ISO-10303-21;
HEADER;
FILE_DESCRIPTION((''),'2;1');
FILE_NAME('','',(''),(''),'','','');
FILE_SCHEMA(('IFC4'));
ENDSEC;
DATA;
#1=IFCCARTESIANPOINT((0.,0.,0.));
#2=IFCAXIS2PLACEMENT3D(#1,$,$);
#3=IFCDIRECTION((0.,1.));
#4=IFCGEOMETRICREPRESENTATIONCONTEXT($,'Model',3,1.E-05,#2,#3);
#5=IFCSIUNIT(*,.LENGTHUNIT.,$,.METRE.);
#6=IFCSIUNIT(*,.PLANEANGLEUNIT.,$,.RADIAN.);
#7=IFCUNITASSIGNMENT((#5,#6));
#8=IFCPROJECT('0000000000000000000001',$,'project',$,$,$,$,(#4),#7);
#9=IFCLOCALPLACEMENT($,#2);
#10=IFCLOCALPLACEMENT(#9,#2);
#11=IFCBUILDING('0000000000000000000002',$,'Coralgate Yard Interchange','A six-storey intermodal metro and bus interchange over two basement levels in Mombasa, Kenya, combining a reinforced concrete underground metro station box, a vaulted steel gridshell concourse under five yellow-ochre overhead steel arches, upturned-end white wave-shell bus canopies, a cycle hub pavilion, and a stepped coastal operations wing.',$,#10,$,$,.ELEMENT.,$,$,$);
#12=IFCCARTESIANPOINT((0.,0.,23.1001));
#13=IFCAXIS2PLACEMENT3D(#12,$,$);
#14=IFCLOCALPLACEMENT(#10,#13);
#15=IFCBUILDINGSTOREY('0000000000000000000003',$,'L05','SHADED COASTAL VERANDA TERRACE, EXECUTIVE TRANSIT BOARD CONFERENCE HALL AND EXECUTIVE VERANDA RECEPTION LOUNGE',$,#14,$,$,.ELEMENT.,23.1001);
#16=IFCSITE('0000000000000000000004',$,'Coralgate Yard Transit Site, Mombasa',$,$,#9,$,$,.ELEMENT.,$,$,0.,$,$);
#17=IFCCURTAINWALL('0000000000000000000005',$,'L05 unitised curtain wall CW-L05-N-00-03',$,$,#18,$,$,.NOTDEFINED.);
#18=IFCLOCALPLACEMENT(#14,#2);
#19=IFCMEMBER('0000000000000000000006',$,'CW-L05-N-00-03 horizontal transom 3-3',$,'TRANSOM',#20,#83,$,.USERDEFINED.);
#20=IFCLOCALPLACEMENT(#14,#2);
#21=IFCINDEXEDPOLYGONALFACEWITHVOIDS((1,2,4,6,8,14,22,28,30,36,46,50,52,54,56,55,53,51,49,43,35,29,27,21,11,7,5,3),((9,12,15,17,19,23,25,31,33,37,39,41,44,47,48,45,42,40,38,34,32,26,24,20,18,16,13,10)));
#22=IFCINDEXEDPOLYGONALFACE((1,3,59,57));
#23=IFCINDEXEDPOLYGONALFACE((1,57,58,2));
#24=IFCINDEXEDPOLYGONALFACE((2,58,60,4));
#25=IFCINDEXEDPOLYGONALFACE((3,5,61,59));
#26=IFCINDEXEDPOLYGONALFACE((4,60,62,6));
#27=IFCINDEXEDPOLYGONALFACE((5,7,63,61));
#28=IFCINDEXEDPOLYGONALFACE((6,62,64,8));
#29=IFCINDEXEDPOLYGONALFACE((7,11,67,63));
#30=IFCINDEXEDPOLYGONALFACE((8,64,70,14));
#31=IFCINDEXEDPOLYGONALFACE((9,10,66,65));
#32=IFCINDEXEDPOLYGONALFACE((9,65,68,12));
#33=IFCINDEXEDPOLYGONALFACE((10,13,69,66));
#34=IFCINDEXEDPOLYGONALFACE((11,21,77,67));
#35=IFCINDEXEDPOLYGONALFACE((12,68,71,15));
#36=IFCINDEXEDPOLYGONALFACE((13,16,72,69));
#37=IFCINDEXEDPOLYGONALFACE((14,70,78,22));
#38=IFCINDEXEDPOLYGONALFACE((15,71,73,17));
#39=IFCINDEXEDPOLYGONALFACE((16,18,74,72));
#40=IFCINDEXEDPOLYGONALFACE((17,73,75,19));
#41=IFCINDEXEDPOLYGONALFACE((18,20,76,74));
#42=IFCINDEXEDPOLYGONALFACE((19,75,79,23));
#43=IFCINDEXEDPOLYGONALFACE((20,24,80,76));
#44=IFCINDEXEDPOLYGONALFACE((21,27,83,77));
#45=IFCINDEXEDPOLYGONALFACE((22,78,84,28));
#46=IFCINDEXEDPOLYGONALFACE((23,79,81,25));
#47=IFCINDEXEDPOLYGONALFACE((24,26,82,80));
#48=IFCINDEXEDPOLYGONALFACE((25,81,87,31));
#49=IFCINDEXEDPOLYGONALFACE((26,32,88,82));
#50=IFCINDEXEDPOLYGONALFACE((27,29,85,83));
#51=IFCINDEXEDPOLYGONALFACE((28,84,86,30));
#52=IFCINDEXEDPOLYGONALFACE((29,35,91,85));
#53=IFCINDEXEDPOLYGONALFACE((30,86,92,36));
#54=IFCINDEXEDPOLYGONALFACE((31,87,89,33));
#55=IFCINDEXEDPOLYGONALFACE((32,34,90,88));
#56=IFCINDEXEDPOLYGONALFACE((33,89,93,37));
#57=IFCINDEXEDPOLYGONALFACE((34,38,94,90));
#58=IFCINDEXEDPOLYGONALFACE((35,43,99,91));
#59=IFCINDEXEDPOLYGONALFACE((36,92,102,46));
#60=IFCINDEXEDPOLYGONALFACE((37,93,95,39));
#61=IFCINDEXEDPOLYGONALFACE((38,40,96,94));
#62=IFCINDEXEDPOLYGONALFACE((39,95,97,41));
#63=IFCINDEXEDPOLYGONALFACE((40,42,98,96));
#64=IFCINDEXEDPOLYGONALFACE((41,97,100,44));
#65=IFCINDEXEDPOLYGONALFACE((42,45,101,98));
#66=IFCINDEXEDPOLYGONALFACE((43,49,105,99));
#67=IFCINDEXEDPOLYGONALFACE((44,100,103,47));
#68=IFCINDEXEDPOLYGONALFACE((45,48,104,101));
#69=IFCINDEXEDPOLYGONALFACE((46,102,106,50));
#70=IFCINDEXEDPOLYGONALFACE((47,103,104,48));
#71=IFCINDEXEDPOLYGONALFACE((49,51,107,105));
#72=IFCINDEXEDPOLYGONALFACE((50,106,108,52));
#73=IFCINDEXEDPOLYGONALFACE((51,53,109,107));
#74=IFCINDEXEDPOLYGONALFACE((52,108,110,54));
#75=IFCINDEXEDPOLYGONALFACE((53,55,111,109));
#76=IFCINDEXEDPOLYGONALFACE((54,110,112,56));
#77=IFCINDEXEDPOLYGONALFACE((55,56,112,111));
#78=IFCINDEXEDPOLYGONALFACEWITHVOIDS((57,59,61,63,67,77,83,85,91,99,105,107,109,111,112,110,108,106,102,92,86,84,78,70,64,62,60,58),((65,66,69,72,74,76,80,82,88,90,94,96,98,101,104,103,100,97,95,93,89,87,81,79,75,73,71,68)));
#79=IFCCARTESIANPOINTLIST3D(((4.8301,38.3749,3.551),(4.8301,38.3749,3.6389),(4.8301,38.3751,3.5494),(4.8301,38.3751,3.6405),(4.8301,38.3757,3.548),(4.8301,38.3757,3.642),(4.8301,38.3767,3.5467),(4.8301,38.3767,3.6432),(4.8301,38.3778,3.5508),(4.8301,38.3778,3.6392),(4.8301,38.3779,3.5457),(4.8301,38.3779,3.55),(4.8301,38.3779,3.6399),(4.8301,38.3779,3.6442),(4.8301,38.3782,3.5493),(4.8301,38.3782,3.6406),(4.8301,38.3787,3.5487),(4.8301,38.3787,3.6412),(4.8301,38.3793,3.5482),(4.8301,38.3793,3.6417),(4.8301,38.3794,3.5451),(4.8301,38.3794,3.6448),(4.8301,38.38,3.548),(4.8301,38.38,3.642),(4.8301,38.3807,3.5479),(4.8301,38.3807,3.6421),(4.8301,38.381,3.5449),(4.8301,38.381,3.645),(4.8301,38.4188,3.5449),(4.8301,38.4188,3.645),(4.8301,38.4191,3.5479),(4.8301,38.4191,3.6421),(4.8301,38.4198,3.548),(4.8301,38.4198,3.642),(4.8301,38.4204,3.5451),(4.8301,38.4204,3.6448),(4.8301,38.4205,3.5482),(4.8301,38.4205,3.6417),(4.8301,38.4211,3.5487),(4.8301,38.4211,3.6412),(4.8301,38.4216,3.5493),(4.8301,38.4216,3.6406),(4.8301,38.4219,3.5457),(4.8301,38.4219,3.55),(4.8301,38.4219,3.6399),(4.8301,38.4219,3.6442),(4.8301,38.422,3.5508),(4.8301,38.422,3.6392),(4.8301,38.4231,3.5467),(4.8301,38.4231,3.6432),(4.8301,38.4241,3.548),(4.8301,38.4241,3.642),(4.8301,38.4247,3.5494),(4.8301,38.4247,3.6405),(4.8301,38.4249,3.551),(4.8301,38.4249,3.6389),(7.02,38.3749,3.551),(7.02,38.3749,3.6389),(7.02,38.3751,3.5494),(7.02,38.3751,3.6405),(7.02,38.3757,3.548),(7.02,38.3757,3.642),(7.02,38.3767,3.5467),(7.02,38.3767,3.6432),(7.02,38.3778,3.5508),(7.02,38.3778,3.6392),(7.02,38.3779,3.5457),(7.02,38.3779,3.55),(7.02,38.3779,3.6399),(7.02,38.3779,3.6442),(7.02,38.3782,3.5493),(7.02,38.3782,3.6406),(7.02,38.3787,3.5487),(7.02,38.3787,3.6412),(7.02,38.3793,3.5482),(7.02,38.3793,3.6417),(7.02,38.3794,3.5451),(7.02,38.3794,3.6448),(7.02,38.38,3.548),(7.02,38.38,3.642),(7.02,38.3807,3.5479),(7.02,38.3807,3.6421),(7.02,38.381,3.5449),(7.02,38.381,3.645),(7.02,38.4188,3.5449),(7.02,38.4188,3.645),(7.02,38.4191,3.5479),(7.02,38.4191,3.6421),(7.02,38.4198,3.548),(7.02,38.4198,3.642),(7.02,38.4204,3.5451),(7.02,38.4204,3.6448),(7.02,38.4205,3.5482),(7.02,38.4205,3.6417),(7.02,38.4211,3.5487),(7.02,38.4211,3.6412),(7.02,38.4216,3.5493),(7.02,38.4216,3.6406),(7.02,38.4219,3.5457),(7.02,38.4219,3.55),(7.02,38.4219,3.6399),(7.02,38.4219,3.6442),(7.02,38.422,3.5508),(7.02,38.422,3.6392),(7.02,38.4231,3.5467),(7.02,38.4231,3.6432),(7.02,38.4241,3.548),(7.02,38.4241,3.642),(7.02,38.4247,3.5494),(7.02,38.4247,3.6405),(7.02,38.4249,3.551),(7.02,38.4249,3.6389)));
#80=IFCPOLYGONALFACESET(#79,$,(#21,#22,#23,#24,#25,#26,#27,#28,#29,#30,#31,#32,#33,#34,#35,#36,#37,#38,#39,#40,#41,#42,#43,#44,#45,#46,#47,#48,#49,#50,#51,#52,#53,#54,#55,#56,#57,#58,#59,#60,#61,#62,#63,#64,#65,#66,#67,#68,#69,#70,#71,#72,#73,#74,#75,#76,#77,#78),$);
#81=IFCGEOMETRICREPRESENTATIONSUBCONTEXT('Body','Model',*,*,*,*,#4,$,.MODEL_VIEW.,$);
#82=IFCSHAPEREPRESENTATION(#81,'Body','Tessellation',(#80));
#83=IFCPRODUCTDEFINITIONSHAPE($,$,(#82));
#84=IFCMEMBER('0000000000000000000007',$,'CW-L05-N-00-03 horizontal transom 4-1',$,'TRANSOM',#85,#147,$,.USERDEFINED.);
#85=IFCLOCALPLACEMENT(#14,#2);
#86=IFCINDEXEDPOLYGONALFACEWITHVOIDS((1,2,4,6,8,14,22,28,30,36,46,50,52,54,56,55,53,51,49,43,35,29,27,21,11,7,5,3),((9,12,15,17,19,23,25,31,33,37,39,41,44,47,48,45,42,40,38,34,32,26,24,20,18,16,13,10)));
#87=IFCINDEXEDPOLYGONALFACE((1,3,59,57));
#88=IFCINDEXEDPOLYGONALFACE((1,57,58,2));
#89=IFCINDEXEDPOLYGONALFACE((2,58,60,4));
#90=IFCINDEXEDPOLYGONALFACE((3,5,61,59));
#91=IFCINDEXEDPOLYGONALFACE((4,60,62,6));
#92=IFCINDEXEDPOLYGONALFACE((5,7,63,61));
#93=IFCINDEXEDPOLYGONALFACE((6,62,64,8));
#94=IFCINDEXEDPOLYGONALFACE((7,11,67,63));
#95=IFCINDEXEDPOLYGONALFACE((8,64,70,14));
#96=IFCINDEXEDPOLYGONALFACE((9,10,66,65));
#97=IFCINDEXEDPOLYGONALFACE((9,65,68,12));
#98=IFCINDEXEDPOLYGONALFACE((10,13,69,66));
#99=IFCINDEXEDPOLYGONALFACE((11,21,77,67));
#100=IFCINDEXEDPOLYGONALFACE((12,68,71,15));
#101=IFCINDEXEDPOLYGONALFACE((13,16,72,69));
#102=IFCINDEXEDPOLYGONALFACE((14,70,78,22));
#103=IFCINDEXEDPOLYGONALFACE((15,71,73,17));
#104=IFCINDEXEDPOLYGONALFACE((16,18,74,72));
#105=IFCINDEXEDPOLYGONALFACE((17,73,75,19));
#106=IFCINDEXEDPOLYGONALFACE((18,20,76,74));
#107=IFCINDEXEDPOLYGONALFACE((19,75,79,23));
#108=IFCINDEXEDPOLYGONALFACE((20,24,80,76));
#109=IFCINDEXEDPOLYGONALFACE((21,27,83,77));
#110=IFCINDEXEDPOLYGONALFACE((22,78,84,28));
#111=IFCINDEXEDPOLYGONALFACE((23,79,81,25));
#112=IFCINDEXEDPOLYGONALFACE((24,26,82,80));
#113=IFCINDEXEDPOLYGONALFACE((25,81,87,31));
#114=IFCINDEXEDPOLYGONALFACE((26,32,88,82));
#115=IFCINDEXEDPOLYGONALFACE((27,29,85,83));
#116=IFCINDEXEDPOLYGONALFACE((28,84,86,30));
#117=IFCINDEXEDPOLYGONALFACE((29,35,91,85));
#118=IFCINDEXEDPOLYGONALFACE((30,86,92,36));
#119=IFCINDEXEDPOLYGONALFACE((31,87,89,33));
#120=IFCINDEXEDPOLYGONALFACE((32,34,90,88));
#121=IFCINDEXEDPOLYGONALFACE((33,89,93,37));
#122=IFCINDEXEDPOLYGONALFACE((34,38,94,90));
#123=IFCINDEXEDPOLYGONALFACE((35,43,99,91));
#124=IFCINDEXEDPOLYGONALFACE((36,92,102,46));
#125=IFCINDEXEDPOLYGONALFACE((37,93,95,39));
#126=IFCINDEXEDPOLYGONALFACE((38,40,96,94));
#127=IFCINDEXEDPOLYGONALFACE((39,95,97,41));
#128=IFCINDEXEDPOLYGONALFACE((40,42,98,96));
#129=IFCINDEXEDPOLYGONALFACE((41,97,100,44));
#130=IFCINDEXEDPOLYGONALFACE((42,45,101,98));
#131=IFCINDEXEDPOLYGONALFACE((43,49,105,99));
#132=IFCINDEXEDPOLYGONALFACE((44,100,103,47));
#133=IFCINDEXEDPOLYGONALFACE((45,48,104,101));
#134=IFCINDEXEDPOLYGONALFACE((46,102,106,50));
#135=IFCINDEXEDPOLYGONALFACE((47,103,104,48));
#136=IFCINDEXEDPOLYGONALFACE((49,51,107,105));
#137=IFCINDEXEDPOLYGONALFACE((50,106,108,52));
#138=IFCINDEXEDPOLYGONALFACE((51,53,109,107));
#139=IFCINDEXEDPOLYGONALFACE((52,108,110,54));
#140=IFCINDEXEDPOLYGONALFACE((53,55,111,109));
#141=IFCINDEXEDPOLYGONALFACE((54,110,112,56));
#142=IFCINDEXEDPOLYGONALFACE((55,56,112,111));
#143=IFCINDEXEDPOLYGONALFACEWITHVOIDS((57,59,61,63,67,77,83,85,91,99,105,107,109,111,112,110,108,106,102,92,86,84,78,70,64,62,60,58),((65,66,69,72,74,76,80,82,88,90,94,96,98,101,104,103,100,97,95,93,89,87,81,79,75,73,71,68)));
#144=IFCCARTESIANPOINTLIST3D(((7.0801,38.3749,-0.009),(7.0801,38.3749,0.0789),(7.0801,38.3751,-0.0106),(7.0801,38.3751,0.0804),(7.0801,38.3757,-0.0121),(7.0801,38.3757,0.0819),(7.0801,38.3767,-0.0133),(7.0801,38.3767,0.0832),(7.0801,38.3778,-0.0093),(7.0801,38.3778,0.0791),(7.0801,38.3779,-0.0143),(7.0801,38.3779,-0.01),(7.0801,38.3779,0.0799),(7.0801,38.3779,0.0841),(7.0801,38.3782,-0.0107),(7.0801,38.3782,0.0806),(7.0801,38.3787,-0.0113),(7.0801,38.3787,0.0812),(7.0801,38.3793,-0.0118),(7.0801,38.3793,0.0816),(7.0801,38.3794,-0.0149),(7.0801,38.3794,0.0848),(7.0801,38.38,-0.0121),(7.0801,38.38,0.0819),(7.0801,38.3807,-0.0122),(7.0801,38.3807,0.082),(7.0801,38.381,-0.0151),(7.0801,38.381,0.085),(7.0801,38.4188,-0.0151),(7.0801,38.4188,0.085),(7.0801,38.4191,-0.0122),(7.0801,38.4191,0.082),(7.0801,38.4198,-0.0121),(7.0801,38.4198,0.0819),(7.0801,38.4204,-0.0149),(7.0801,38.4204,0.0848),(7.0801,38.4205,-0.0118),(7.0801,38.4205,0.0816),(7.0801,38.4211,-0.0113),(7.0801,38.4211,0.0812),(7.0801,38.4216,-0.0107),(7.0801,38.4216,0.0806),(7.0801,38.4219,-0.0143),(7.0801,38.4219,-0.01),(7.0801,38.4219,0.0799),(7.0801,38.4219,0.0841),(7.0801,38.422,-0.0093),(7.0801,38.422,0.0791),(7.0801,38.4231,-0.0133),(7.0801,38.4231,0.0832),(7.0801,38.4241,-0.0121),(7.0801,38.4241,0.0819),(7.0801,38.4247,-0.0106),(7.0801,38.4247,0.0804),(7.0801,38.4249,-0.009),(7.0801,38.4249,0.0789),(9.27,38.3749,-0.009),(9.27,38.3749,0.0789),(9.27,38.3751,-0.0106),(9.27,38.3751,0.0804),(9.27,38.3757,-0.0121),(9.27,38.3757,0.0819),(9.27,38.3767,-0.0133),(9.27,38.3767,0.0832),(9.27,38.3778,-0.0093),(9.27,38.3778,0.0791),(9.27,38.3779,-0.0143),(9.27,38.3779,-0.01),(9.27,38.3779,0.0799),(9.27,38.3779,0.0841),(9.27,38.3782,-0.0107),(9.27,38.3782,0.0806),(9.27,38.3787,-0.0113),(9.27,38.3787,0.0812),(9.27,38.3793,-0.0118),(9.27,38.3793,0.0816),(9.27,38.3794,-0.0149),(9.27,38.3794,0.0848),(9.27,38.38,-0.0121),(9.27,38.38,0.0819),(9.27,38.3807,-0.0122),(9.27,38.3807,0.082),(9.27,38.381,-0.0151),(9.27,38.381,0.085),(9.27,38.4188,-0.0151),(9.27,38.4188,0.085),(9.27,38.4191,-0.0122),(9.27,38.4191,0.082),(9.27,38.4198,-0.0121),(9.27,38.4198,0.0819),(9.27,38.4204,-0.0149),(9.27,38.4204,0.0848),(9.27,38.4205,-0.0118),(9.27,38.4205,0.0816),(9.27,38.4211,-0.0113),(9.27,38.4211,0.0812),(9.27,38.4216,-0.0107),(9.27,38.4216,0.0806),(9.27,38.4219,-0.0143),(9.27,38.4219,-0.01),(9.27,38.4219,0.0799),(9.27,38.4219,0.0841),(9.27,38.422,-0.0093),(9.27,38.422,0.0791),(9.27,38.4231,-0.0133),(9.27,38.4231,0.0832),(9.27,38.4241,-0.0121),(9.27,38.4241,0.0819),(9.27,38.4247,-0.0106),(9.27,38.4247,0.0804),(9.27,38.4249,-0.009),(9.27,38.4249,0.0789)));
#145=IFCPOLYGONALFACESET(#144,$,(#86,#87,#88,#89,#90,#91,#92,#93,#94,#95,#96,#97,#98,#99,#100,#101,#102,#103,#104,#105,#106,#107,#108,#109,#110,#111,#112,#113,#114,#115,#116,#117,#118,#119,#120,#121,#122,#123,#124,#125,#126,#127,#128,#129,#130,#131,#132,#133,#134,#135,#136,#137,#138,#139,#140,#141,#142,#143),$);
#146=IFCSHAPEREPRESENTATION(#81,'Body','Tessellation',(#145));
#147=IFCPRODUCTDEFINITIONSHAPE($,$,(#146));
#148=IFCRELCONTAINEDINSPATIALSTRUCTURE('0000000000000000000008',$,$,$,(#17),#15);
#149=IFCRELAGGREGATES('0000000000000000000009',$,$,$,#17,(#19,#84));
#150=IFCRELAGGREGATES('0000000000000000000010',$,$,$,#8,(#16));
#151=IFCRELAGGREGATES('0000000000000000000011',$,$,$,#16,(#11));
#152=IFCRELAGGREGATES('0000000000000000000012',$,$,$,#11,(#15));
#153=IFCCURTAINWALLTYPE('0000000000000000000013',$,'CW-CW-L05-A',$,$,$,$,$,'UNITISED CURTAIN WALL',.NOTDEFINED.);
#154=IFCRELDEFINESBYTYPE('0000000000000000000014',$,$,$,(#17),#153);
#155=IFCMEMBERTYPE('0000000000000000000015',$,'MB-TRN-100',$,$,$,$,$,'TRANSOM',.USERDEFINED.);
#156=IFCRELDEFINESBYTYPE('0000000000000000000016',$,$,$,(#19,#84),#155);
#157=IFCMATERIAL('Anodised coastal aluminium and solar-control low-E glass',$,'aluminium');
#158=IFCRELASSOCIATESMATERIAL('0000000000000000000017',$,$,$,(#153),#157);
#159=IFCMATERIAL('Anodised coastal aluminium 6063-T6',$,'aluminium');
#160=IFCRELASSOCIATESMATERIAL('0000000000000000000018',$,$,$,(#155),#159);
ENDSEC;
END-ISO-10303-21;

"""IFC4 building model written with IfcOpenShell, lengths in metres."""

from ifc_helpers import new_model, si_unit, direction, frame, origin, origin_2d, place, context, subcontext, project, spatial, hollow_rectangle, extrude, material, material_profile, profile_set, type_object, element, aggregate, save


model = new_model("IFC4")

# Units and contexts
model_context = context("Model", 3, precision=1e-05, world=origin(), true_north=direction((0.0, 1.0)))
body_context = subcontext(model_context, "Body", "Model", "MODEL_VIEW")
ifc_project = project(units=[si_unit("LENGTHUNIT", "METRE"), si_unit("PLANEANGLEUNIT", "RADIAN")], contexts=[model_context])

# Site, building, storey
site_placement = place(None, origin())
site = spatial("IfcSite", under=ifc_project, at=site_placement, Name="Coralgate Yard Transit Site, Mombasa", CompositionType="ELEMENT", RefElevation=0.0)
building_placement = place(site_placement, origin())
building = spatial("IfcBuilding", under=site, at=building_placement, Name="Coralgate Yard Interchange", Description="A six-storey intermodal metro and bus interchange over two basement levels in Mombasa, Kenya, combining a reinforced concrete underground metro station box, a vaulted steel gridshell concourse under five yellow-ochre overhead steel arches, upturned-end white wave-shell bus canopies, a cycle hub pavilion, and a stepped coastal operations wing.", CompositionType="ELEMENT")
storey_placement = place(building_placement, frame((0.0, 0.0, 23.1001)))
storey = spatial("IfcBuildingStorey", under=building, at=storey_placement, Name="L05", Description="SHADED COASTAL VERANDA TERRACE, EXECUTIVE TRANSIT BOARD CONFERENCE HALL AND EXECUTIVE VERANDA RECEPTION LOUNGE", CompositionType="ELEMENT", Elevation=23.1001)

# Curtain wall, members
ifc_material_1 = material(Name="Anodised coastal aluminium and solar-control low-E glass", Category="aluminium")
curtain_wall_type = type_object("IfcCurtainWallType", Name="CW-CW-L05-A", ElementType="UNITISED CURTAIN WALL", PredefinedType="NOTDEFINED", material=ifc_material_1)
curtain_wall_placement = place(storey_placement, origin())
curtain_wall = element("IfcCurtainWall", 1, at=curtain_wall_placement, inside=storey, type_object=curtain_wall_type, Name="L05 unitised curtain wall CW-L05-N-00-03", PredefinedType="NOTDEFINED")
ifc_material_2 = material(Name="Anodised coastal aluminium 6063-T6", Category="aluminium")
ifc_material_profile_1 = material_profile(ifc_material_2, hollow_rectangle(XDim=0.05, YDim=0.1001, WallThickness=0.0029, InnerFilletRadius=0.0029, OuterFilletRadius=0.0061, at=origin_2d()), Name="ALU 50x100x3")
ifc_profile_set_1 = profile_set([ifc_material_profile_1], Name="Anodised coastal aluminium 6063-T6")
member_type_1 = type_object("IfcMemberType", Name="MB-TRN-100", ElementType="TRANSOM", PredefinedType="USERDEFINED", material=ifc_profile_set_1)
member_1_placement = place(storey_placement, frame((4.8301, 38.3999, 3.595), z_axis=(1.0, 0.0, 0.0), x_axis=(0.0, 1.0, 0.0)))
member_1 = element("IfcMember", 2, at=member_1_placement, type_object=member_type_1, Name="CW-L05-N-00-03 horizontal transom 3-3", ObjectType="TRANSOM", PredefinedType="USERDEFINED", context=body_context, shape_type="SweptSolid", body=[
    extrude(hollow_rectangle(XDim=0.05, YDim=0.1001, WallThickness=0.0029, InnerFilletRadius=0.0029, OuterFilletRadius=0.0061, at=origin_2d()), origin(), (0.0, 0.0, 1.0), 2.1899),
])
member_2_placement = place(storey_placement, frame((7.0801, 38.3999, 0.0349), z_axis=(1.0, 0.0, 0.0), x_axis=(0.0, 1.0, 0.0)))
member_2 = element("IfcMember", 3, at=member_2_placement, type_object=member_type_1, Name="CW-L05-N-00-03 horizontal transom 4-1", ObjectType="TRANSOM", PredefinedType="USERDEFINED", context=body_context, shape_type="SweptSolid", body=[
    extrude(hollow_rectangle(XDim=0.05, YDim=0.1001, WallThickness=0.0029, InnerFilletRadius=0.0029, OuterFilletRadius=0.0061, at=origin_2d()), origin(), (0.0, 0.0, 1.0), 2.1899),
])
aggregate(curtain_wall, [member_1, member_2])

save(model, "model.ifc")
